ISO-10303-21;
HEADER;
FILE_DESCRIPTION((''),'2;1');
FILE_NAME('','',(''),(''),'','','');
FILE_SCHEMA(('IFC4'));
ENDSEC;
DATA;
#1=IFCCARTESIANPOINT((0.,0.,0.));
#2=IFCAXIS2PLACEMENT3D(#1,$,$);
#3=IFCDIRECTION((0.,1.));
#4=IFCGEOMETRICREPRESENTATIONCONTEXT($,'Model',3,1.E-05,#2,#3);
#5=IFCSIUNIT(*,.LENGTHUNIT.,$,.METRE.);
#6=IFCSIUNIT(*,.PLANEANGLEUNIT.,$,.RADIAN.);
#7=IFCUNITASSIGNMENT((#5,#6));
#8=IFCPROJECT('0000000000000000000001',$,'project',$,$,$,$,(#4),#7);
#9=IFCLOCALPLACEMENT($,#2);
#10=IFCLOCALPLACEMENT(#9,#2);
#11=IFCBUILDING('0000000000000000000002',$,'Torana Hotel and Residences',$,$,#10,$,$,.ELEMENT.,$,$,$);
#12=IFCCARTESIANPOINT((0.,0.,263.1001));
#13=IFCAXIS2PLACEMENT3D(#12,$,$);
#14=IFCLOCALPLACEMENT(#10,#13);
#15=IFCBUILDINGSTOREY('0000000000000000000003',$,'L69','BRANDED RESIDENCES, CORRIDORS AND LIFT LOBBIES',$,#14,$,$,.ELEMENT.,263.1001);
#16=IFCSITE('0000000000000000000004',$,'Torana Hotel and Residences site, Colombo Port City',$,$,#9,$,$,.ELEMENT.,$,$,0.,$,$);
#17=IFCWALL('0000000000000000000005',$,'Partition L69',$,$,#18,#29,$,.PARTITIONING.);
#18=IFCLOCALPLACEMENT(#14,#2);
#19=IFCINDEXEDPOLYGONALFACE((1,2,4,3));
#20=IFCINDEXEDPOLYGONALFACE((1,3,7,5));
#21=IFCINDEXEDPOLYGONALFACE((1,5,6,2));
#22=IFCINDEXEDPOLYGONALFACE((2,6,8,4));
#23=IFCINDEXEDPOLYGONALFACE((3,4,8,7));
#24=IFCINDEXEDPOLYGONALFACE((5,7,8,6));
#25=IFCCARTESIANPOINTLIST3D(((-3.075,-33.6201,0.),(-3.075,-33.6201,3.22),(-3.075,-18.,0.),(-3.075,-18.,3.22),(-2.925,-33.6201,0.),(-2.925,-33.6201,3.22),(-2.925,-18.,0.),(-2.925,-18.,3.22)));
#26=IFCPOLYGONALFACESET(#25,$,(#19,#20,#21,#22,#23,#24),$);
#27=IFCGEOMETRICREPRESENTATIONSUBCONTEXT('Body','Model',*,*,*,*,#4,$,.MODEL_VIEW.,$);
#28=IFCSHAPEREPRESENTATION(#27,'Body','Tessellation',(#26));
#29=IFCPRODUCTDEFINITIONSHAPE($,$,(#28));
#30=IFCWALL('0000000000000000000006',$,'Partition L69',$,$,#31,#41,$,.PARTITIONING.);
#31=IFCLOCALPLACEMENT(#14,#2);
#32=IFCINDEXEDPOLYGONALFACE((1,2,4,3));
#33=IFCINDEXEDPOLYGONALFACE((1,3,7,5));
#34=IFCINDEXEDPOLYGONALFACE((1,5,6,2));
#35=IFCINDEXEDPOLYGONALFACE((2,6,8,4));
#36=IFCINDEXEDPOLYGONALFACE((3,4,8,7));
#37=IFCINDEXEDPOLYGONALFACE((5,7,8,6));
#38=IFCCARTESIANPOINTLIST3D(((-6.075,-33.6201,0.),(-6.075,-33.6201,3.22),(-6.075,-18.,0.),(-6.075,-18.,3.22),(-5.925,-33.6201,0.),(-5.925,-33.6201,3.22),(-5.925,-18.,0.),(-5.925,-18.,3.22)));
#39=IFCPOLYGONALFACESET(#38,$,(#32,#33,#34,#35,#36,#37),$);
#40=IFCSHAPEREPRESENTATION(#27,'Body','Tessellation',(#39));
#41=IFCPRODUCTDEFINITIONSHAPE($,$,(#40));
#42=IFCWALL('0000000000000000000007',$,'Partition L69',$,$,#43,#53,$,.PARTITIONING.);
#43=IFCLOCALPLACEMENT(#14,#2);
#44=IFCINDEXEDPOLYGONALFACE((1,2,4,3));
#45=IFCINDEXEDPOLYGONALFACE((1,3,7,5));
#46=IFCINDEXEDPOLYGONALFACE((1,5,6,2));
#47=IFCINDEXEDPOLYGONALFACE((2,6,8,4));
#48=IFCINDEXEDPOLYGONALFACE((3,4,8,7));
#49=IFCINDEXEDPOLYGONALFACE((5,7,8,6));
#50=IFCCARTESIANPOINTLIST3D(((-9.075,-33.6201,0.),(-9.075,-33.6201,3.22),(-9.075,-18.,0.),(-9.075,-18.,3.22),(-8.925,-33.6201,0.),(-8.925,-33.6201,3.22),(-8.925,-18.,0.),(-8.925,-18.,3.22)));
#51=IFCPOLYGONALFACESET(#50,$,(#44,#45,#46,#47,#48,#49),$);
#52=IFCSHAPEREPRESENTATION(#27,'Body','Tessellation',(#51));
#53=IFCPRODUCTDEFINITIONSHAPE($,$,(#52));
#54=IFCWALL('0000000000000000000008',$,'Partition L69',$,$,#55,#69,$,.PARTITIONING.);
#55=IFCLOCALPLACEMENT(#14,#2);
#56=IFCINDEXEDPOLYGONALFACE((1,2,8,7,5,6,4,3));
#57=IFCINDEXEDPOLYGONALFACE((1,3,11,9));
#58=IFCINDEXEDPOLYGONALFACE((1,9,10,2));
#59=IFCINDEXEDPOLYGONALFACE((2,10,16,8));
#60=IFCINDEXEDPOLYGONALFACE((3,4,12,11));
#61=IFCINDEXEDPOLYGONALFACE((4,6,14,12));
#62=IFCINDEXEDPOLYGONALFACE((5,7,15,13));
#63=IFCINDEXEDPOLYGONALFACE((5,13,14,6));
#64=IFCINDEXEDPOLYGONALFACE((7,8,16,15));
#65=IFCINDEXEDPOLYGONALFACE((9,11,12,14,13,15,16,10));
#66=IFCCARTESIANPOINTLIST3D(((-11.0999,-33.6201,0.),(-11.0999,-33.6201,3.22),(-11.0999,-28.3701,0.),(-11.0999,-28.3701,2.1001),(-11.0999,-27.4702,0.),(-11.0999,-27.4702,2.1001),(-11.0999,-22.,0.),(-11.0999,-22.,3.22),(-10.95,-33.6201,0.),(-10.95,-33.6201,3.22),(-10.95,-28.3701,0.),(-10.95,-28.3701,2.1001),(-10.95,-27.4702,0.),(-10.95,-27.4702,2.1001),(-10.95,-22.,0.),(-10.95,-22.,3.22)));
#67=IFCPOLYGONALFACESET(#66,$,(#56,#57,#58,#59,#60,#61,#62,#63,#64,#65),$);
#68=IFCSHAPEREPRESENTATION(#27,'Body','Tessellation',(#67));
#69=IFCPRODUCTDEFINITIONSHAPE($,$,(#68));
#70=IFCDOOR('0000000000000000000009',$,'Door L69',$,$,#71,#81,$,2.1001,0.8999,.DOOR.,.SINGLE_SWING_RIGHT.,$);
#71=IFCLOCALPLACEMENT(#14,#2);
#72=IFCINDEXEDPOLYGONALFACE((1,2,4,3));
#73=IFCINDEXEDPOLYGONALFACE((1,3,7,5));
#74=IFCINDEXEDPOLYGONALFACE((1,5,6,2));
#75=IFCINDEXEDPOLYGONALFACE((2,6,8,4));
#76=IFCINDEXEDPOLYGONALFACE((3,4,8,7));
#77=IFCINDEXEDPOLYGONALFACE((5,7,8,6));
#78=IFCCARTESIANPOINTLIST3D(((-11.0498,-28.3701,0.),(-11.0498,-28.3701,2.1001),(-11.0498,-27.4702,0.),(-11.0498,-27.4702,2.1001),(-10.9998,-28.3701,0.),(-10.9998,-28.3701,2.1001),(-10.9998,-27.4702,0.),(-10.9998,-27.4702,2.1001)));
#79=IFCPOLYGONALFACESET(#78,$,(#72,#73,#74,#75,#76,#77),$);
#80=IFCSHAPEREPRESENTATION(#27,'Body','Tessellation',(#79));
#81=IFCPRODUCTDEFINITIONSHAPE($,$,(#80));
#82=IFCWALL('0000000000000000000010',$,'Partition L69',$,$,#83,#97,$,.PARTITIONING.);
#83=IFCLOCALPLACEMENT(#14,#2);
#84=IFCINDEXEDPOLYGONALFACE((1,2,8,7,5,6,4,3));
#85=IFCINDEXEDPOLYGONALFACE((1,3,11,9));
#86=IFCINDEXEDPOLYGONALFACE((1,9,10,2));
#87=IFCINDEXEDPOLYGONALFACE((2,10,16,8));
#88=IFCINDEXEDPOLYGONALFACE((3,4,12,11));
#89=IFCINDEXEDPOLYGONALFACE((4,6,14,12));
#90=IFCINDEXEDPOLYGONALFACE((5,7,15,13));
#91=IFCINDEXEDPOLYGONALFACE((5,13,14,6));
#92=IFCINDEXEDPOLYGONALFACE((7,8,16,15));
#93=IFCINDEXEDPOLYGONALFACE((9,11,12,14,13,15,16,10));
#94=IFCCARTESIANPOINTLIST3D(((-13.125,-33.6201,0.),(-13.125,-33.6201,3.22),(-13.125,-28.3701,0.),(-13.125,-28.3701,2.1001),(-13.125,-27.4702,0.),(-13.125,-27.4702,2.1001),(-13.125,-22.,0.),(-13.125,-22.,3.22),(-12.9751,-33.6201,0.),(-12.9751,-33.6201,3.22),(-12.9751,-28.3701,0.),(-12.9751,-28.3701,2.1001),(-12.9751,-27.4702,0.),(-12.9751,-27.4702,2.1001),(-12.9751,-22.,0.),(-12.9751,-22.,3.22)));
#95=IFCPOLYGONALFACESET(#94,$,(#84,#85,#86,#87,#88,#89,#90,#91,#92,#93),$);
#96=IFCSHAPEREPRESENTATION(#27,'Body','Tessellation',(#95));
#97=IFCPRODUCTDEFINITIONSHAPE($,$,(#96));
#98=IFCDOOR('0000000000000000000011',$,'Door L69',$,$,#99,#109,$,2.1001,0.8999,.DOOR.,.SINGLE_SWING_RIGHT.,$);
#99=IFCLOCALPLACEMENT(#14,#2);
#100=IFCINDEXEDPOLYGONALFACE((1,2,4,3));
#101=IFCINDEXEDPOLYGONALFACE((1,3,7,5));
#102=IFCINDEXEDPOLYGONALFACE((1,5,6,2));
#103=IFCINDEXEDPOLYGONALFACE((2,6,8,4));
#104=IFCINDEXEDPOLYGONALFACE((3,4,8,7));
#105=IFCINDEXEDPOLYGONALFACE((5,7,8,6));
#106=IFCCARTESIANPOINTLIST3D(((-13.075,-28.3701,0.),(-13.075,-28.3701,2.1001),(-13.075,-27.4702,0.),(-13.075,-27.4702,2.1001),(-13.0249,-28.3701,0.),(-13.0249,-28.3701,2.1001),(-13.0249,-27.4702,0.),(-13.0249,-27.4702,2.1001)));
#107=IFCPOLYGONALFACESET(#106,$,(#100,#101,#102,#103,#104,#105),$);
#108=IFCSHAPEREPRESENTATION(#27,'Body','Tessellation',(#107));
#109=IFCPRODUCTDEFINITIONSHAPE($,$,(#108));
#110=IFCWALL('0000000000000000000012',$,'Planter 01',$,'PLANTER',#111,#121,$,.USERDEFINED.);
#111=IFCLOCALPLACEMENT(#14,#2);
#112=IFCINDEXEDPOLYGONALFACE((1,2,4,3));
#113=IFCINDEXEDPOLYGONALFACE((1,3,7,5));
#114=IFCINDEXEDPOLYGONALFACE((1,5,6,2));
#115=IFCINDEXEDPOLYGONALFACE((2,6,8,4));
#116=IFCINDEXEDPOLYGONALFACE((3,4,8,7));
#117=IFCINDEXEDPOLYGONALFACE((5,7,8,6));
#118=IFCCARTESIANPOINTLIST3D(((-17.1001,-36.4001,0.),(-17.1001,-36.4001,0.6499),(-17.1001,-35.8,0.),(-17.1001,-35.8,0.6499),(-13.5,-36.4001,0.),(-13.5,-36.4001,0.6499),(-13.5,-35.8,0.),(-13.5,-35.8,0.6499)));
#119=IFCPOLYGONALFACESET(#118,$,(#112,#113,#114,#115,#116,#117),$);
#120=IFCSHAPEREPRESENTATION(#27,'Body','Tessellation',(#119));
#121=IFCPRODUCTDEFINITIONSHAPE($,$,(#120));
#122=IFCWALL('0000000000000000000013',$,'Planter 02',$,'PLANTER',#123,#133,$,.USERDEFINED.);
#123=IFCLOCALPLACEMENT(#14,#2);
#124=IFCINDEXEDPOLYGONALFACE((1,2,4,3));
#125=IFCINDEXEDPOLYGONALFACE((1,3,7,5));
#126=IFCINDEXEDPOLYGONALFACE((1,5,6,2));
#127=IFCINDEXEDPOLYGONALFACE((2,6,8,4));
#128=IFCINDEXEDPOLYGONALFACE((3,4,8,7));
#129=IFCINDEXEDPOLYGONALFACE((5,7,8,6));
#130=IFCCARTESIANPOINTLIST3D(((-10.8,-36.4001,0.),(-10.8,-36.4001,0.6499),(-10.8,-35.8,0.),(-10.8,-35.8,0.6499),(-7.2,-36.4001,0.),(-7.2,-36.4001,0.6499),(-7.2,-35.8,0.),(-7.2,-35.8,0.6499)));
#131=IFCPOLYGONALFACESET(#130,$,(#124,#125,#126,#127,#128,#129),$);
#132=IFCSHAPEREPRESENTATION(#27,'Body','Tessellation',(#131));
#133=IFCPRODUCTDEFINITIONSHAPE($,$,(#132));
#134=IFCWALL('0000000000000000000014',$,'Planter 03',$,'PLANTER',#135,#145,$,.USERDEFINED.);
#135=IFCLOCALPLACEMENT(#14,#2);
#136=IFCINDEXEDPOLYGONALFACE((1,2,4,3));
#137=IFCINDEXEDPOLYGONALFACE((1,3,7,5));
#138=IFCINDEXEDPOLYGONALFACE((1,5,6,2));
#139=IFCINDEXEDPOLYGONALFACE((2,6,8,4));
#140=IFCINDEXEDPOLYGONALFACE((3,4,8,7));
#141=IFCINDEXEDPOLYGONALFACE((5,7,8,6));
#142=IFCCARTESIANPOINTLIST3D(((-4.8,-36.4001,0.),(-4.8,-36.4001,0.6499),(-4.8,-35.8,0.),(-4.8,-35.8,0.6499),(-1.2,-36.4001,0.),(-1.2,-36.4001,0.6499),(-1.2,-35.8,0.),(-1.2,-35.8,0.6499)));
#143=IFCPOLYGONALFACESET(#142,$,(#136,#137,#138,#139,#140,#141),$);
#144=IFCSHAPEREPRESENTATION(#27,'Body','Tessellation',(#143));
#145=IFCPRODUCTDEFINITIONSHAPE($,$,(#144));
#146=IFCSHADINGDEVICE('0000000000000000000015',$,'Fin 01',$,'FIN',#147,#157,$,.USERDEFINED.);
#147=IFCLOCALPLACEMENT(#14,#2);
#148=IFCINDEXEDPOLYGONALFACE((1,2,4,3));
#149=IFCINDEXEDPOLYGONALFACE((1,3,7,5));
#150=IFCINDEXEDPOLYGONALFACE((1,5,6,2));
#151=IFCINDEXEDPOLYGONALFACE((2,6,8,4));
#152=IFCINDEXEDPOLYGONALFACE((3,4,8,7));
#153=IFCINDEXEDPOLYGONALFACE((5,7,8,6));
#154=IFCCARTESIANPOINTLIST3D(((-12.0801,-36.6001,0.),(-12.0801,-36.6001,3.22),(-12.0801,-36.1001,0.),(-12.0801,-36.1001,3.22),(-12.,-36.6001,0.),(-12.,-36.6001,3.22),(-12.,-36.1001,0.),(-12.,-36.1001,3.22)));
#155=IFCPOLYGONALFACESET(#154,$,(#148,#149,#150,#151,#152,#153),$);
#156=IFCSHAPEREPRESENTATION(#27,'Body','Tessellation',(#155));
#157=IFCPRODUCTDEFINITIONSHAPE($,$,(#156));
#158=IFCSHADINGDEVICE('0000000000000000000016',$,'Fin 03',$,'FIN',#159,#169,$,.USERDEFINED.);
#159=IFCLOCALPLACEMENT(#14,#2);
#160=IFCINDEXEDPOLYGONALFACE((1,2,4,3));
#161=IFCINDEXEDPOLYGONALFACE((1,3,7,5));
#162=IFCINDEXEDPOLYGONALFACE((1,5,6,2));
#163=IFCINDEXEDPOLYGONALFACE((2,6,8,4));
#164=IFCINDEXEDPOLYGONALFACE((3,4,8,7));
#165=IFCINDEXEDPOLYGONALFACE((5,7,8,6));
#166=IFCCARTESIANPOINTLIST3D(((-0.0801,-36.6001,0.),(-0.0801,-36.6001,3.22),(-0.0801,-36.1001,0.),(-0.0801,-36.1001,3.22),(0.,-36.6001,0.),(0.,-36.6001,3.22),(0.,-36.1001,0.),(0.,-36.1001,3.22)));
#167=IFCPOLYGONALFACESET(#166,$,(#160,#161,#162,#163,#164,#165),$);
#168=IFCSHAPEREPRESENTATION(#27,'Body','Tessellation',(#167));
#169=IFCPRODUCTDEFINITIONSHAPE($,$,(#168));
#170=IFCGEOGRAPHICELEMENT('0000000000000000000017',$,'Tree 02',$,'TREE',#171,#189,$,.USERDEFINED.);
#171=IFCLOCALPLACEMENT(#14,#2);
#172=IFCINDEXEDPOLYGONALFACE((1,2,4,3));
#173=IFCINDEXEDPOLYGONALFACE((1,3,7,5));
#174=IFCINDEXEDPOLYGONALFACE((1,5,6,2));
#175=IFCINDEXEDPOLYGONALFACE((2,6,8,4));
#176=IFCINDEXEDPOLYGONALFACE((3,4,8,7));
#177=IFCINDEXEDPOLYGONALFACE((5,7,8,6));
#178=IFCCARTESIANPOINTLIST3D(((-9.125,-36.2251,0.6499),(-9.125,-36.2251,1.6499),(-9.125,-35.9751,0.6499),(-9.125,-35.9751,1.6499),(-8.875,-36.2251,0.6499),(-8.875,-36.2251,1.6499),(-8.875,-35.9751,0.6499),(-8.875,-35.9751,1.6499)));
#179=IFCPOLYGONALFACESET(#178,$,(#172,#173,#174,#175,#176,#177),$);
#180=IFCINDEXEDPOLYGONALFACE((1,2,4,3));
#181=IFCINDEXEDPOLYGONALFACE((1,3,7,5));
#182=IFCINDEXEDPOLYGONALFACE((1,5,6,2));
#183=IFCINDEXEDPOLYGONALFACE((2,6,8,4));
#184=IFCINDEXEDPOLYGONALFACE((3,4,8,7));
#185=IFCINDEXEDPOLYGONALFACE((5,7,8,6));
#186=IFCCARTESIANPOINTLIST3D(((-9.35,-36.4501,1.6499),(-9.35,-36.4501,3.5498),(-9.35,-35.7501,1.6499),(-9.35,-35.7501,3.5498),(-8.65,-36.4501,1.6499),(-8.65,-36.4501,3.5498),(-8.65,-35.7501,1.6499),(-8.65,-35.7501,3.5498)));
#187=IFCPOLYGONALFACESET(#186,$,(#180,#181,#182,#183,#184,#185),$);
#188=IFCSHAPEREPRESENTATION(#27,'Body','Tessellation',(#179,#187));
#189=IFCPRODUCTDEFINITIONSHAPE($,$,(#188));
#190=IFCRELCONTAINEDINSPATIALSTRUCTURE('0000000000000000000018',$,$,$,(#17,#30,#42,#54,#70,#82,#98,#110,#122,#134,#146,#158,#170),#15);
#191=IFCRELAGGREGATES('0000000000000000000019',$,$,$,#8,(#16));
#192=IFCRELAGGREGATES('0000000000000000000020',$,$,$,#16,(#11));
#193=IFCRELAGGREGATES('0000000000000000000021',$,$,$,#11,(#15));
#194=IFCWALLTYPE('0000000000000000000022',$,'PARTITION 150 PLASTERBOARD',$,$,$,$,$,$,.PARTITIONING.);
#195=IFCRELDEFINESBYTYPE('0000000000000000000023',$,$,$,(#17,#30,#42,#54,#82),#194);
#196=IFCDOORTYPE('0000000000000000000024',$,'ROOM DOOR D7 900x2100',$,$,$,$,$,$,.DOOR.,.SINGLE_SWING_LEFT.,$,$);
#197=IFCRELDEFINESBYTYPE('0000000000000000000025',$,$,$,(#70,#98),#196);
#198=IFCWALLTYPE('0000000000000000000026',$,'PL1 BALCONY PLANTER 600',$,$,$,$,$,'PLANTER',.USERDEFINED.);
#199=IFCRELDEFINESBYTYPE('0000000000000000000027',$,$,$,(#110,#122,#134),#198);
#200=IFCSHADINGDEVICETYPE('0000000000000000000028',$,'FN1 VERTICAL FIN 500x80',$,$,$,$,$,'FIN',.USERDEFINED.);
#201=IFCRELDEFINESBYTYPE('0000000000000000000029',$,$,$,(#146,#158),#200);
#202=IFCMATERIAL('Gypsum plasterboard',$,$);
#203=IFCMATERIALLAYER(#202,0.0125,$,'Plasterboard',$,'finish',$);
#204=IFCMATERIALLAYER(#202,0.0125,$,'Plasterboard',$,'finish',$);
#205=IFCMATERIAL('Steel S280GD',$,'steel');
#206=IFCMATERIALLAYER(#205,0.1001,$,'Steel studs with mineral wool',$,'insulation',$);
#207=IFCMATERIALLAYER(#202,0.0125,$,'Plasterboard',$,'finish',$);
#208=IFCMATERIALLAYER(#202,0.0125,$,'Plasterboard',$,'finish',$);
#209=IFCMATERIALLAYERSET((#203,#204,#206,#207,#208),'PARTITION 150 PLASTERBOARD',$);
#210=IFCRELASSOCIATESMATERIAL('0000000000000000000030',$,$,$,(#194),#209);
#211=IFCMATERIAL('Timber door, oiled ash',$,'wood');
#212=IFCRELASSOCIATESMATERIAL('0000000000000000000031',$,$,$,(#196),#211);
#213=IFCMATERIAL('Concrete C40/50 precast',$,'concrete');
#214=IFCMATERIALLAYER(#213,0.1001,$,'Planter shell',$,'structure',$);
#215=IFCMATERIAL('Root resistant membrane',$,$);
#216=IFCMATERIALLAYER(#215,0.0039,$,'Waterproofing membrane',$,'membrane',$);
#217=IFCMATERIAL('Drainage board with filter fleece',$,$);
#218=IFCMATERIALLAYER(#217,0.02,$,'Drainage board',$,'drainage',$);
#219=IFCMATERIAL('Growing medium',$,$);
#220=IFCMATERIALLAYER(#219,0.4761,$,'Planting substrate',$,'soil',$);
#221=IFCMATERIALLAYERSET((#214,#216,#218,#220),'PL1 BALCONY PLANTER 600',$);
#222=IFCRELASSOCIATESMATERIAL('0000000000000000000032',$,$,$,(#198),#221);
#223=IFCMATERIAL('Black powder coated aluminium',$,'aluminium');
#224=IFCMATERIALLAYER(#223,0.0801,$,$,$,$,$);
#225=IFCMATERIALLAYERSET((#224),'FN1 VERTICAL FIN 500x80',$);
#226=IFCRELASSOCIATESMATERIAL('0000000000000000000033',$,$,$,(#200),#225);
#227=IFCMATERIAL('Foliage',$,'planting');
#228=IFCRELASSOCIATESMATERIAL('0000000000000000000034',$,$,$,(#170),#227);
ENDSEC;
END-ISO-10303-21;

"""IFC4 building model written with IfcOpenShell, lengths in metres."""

from ifc_helpers import new_model, si_unit, direction, frame, frame_2d, origin, origin_2d, place, context, subcontext, project, spatial, rectangle, extrude, material, layer, layer_set, type_object, element, fill, save


model = new_model("IFC4")

# Units and contexts
model_context = context("Model", 3, precision=1e-05, world=origin(), true_north=direction((0.0, 1.0)))
body_context = subcontext(model_context, "Body", "Model", "MODEL_VIEW")
ifc_project = project(units=[si_unit("LENGTHUNIT", "METRE"), si_unit("PLANEANGLEUNIT", "RADIAN")], contexts=[model_context])

# Site, building, storey
site_placement = place(None, origin())
site = spatial("IfcSite", under=ifc_project, at=site_placement, Name="Torana Hotel and Residences site, Colombo Port City", CompositionType="ELEMENT", RefElevation=0.0)
building_placement = place(site_placement, origin())
building = spatial("IfcBuilding", under=site, at=building_placement, Name="Torana Hotel and Residences", CompositionType="ELEMENT")
storey_placement = place(building_placement, frame((0.0, 0.0, 263.1001)))
storey = spatial("IfcBuildingStorey", under=building, at=storey_placement, Name="L69", Description="BRANDED RESIDENCES, CORRIDORS AND LIFT LOBBIES", CompositionType="ELEMENT", Elevation=263.1001)

# Walls
ifc_material_1 = material(Name="Gypsum plasterboard")
ifc_layer_1 = layer(ifc_material_1, 0.0125, Name="Plasterboard", Category="finish")
ifc_layer_2 = layer(ifc_material_1, 0.0125, Name="Plasterboard", Category="finish")
ifc_material_2 = material(Name="Steel S280GD", Category="steel")
ifc_layer_3 = layer(ifc_material_2, 0.1001, Name="Steel studs with mineral wool", Category="insulation")
ifc_layer_4 = layer(ifc_material_1, 0.0125, Name="Plasterboard", Category="finish")
ifc_layer_5 = layer(ifc_material_1, 0.0125, Name="Plasterboard", Category="finish")
ifc_layer_set_1 = layer_set([ifc_layer_1, ifc_layer_2, ifc_layer_3, ifc_layer_4, ifc_layer_5], Name="PARTITION 150 PLASTERBOARD")
wall_type_1 = type_object("IfcWallType", Name="PARTITION 150 PLASTERBOARD", PredefinedType="PARTITIONING", material=ifc_layer_set_1)
for number, where, z_axis, x_axis, name in (
    (1, (-3.0, -33.6201, 0.0), (0.0, 0.0, 1.0), (0.0, 1.0, 0.0), "Partition L69"),
    (2, (-6.0, -33.6201, 0.0), (0.0, 0.0, 1.0), (0.0, 1.0, 0.0), "Partition L69"),
    (3, (-9.0, -33.6201, 0.0), (0.0, 0.0, 1.0), (0.0, 1.0, 0.0), "Partition L69"),
):
    element("IfcWall", number, at=place(storey_placement, frame(where, z_axis=z_axis, x_axis=x_axis)), inside=storey, type_object=wall_type_1, Name=name, PredefinedType="PARTITIONING", context=body_context, shape_type="SweptSolid", body=[
        extrude(rectangle(XDim=15.6201, YDim=0.1499, at=frame_2d((7.8101, 0.0))), origin(), (0.0, 0.0, 1.0), 3.22),
    ])

# Walls, openings, doors
wall_1_placement = place(storey_placement, frame((-11.0249, -33.6201, 0.0), z_axis=(0.0, 0.0, 1.0), x_axis=(0.0, 1.0, 0.0)))
wall_1 = element("IfcWall", 4, at=wall_1_placement, inside=storey, type_object=wall_type_1, Name="Partition L69", PredefinedType="PARTITIONING", context=body_context, shape_type="SweptSolid", body=[
    extrude(rectangle(XDim=11.6201, YDim=0.1499, at=frame_2d((5.8101, 0.0))), origin(), (0.0, 0.0, 1.0), 3.22),
])
opening_1_placement = place(wall_1_placement, frame((5.25, 0.0, 0.0)))
opening_1 = element("IfcOpeningElement", 5, at=opening_1_placement, cuts=wall_1, PredefinedType="OPENING", context=body_context, shape_type="SweptSolid", body=[
    extrude(rectangle(XDim=0.8999, YDim=2.1001, at=frame_2d((0.45, 1.05))), frame((0.0, 0.085, 0.0), z_axis=(0.0, -1.0, 0.0), x_axis=(1.0, 0.0, 0.0)), (0.0, 0.0, 1.0), 0.1699),
])
ifc_material_3 = material(Name="Timber door, oiled ash", Category="wood")
door_type = type_object("IfcDoorType", Name="ROOM DOOR D7 900x2100", OperationType="SINGLE_SWING_LEFT", PredefinedType="DOOR", material=ifc_material_3)
door_1_placement = place(opening_1_placement, origin())
door_1 = element("IfcDoor", 6, at=door_1_placement, inside=storey, type_object=door_type, Name="Door L69", OperationType="SINGLE_SWING_RIGHT", OverallHeight=2.1001, OverallWidth=0.8999, PredefinedType="DOOR", context=body_context, shape_type="SweptSolid", body=[
    extrude(rectangle(XDim=0.8999, YDim=2.1001, at=frame_2d((0.45, 1.05))), frame((0.0, 0.0249, 0.0), z_axis=(0.0, -1.0, 0.0), x_axis=(1.0, 0.0, 0.0)), (0.0, 0.0, 1.0), 0.05),
])
fill(opening_1, door_1)
wall_2_placement = place(storey_placement, frame((-13.05, -33.6201, 0.0), z_axis=(0.0, 0.0, 1.0), x_axis=(0.0, 1.0, 0.0)))
wall_2 = element("IfcWall", 7, at=wall_2_placement, inside=storey, type_object=wall_type_1, Name="Partition L69", PredefinedType="PARTITIONING", context=body_context, shape_type="SweptSolid", body=[
    extrude(rectangle(XDim=11.6201, YDim=0.1499, at=frame_2d((5.8101, 0.0))), origin(), (0.0, 0.0, 1.0), 3.22),
])
opening_2_placement = place(wall_2_placement, frame((5.25, 0.0, 0.0)))
opening_2 = element("IfcOpeningElement", 8, at=opening_2_placement, cuts=wall_2, PredefinedType="OPENING", context=body_context, shape_type="SweptSolid", body=[
    extrude(rectangle(XDim=0.8999, YDim=2.1001, at=frame_2d((0.45, 1.05))), frame((0.0, 0.085, 0.0), z_axis=(0.0, -1.0, 0.0), x_axis=(1.0, 0.0, 0.0)), (0.0, 0.0, 1.0), 0.1699),
])
door_2_placement = place(opening_2_placement, origin())
door_2 = element("IfcDoor", 9, at=door_2_placement, inside=storey, type_object=door_type, Name="Door L69", OperationType="SINGLE_SWING_RIGHT", OverallHeight=2.1001, OverallWidth=0.8999, PredefinedType="DOOR", context=body_context, shape_type="SweptSolid", body=[
    extrude(rectangle(XDim=0.8999, YDim=2.1001, at=frame_2d((0.45, 1.05))), frame((0.0, 0.0249, 0.0), z_axis=(0.0, -1.0, 0.0), x_axis=(1.0, 0.0, 0.0)), (0.0, 0.0, 1.0), 0.05),
])
fill(opening_2, door_2)

# Walls
ifc_material_4 = material(Name="Concrete C40/50 precast", Category="concrete")
ifc_layer_6 = layer(ifc_material_4, 0.1001, Name="Planter shell", Category="structure")
ifc_material_5 = material(Name="Root resistant membrane")
ifc_layer_7 = layer(ifc_material_5, 0.0039, Name="Waterproofing membrane", Category="membrane")
ifc_material_6 = material(Name="Drainage board with filter fleece")
ifc_layer_8 = layer(ifc_material_6, 0.02, Name="Drainage board", Category="drainage")
ifc_material_7 = material(Name="Growing medium")
ifc_layer_9 = layer(ifc_material_7, 0.4761, Name="Planting substrate", Category="soil")
ifc_layer_set_2 = layer_set([ifc_layer_6, ifc_layer_7, ifc_layer_8, ifc_layer_9], Name="PL1 BALCONY PLANTER 600")
wall_type_2 = type_object("IfcWallType", Name="PL1 BALCONY PLANTER 600", ElementType="PLANTER", PredefinedType="USERDEFINED", material=ifc_layer_set_2)
for number, where, z_axis, x_axis, name in (
    (10, (-13.5, -36.1001, 0.0), (0.0, 0.0, 1.0), (-1.0, 0.0, 0.0), "Planter 01"),
    (11, (-7.2, -36.1001, 0.0), (0.0, 0.0, 1.0), (-1.0, 0.0, 0.0), "Planter 02"),
    (12, (-1.2, -36.1001, 0.0), (0.0, 0.0, 1.0), (-1.0, 0.0, 0.0), "Planter 03"),
):
    element("IfcWall", number, at=place(storey_placement, frame(where, z_axis=z_axis, x_axis=x_axis)), inside=storey, type_object=wall_type_2, Name=name, ObjectType="PLANTER", PredefinedType="USERDEFINED", context=body_context, shape_type="SweptSolid", body=[
        extrude(rectangle(XDim=3.6001, YDim=0.6001, at=frame_2d((1.8, 0.0))), origin(), (0.0, 0.0, 1.0), 0.6499),
    ])

# Shading devices
ifc_material_8 = material(Name="Black powder coated aluminium", Category="aluminium")
ifc_layer_10 = layer(ifc_material_8, 0.0801)
ifc_layer_set_3 = layer_set([ifc_layer_10], Name="FN1 VERTICAL FIN 500x80")
shading_device_type = type_object("IfcShadingDeviceType", Name="FN1 VERTICAL FIN 500x80", ElementType="FIN", PredefinedType="USERDEFINED", material=ifc_layer_set_3)
for number, where, z_axis, x_axis, name in (
    (13, (-12.04, -36.3501, 0.0), (0.0, 0.0, 1.0), (-1.0, 0.0, 0.0), "Fin 01"),
    (14, (-0.04, -36.3501, 0.0), (0.0, 0.0, 1.0), (-1.0, 0.0, 0.0), "Fin 03"),
):
    element("IfcShadingDevice", number, at=place(storey_placement, frame(where, z_axis=z_axis, x_axis=x_axis)), inside=storey, type_object=shading_device_type, Name=name, ObjectType="FIN", PredefinedType="USERDEFINED", context=body_context, shape_type="SweptSolid", body=[
        extrude(rectangle(XDim=0.0801, YDim=0.5, at=origin_2d()), origin(), (0.0, 0.0, 1.0), 3.22),
    ])

# Geographic element
ifc_material_9 = material(Name="Foliage", Category="planting")
for number, where, z_axis, x_axis, name in (
    (15, (-9.0, -36.1001, 0.6499), (0.0, 0.0, 1.0), (1.0, 0.0, 0.0), "Tree 02"),
):
    element("IfcGeographicElement", number, at=place(storey_placement, frame(where, z_axis=z_axis, x_axis=x_axis)), inside=storey, material=ifc_material_9, Name=name, ObjectType="TREE", PredefinedType="USERDEFINED", context=body_context, shape_type="SweptSolid", body=[
        extrude(rectangle(XDim=0.25, YDim=0.25, at=origin_2d()), origin(), (0.0, 0.0, 1.0), 1.0),
        extrude(rectangle(XDim=0.7, YDim=0.7, at=origin_2d()), frame((0.0, 0.0, 1.0)), (0.0, 0.0, 1.0), 1.8999),
    ])

save(model, "model.ifc")
